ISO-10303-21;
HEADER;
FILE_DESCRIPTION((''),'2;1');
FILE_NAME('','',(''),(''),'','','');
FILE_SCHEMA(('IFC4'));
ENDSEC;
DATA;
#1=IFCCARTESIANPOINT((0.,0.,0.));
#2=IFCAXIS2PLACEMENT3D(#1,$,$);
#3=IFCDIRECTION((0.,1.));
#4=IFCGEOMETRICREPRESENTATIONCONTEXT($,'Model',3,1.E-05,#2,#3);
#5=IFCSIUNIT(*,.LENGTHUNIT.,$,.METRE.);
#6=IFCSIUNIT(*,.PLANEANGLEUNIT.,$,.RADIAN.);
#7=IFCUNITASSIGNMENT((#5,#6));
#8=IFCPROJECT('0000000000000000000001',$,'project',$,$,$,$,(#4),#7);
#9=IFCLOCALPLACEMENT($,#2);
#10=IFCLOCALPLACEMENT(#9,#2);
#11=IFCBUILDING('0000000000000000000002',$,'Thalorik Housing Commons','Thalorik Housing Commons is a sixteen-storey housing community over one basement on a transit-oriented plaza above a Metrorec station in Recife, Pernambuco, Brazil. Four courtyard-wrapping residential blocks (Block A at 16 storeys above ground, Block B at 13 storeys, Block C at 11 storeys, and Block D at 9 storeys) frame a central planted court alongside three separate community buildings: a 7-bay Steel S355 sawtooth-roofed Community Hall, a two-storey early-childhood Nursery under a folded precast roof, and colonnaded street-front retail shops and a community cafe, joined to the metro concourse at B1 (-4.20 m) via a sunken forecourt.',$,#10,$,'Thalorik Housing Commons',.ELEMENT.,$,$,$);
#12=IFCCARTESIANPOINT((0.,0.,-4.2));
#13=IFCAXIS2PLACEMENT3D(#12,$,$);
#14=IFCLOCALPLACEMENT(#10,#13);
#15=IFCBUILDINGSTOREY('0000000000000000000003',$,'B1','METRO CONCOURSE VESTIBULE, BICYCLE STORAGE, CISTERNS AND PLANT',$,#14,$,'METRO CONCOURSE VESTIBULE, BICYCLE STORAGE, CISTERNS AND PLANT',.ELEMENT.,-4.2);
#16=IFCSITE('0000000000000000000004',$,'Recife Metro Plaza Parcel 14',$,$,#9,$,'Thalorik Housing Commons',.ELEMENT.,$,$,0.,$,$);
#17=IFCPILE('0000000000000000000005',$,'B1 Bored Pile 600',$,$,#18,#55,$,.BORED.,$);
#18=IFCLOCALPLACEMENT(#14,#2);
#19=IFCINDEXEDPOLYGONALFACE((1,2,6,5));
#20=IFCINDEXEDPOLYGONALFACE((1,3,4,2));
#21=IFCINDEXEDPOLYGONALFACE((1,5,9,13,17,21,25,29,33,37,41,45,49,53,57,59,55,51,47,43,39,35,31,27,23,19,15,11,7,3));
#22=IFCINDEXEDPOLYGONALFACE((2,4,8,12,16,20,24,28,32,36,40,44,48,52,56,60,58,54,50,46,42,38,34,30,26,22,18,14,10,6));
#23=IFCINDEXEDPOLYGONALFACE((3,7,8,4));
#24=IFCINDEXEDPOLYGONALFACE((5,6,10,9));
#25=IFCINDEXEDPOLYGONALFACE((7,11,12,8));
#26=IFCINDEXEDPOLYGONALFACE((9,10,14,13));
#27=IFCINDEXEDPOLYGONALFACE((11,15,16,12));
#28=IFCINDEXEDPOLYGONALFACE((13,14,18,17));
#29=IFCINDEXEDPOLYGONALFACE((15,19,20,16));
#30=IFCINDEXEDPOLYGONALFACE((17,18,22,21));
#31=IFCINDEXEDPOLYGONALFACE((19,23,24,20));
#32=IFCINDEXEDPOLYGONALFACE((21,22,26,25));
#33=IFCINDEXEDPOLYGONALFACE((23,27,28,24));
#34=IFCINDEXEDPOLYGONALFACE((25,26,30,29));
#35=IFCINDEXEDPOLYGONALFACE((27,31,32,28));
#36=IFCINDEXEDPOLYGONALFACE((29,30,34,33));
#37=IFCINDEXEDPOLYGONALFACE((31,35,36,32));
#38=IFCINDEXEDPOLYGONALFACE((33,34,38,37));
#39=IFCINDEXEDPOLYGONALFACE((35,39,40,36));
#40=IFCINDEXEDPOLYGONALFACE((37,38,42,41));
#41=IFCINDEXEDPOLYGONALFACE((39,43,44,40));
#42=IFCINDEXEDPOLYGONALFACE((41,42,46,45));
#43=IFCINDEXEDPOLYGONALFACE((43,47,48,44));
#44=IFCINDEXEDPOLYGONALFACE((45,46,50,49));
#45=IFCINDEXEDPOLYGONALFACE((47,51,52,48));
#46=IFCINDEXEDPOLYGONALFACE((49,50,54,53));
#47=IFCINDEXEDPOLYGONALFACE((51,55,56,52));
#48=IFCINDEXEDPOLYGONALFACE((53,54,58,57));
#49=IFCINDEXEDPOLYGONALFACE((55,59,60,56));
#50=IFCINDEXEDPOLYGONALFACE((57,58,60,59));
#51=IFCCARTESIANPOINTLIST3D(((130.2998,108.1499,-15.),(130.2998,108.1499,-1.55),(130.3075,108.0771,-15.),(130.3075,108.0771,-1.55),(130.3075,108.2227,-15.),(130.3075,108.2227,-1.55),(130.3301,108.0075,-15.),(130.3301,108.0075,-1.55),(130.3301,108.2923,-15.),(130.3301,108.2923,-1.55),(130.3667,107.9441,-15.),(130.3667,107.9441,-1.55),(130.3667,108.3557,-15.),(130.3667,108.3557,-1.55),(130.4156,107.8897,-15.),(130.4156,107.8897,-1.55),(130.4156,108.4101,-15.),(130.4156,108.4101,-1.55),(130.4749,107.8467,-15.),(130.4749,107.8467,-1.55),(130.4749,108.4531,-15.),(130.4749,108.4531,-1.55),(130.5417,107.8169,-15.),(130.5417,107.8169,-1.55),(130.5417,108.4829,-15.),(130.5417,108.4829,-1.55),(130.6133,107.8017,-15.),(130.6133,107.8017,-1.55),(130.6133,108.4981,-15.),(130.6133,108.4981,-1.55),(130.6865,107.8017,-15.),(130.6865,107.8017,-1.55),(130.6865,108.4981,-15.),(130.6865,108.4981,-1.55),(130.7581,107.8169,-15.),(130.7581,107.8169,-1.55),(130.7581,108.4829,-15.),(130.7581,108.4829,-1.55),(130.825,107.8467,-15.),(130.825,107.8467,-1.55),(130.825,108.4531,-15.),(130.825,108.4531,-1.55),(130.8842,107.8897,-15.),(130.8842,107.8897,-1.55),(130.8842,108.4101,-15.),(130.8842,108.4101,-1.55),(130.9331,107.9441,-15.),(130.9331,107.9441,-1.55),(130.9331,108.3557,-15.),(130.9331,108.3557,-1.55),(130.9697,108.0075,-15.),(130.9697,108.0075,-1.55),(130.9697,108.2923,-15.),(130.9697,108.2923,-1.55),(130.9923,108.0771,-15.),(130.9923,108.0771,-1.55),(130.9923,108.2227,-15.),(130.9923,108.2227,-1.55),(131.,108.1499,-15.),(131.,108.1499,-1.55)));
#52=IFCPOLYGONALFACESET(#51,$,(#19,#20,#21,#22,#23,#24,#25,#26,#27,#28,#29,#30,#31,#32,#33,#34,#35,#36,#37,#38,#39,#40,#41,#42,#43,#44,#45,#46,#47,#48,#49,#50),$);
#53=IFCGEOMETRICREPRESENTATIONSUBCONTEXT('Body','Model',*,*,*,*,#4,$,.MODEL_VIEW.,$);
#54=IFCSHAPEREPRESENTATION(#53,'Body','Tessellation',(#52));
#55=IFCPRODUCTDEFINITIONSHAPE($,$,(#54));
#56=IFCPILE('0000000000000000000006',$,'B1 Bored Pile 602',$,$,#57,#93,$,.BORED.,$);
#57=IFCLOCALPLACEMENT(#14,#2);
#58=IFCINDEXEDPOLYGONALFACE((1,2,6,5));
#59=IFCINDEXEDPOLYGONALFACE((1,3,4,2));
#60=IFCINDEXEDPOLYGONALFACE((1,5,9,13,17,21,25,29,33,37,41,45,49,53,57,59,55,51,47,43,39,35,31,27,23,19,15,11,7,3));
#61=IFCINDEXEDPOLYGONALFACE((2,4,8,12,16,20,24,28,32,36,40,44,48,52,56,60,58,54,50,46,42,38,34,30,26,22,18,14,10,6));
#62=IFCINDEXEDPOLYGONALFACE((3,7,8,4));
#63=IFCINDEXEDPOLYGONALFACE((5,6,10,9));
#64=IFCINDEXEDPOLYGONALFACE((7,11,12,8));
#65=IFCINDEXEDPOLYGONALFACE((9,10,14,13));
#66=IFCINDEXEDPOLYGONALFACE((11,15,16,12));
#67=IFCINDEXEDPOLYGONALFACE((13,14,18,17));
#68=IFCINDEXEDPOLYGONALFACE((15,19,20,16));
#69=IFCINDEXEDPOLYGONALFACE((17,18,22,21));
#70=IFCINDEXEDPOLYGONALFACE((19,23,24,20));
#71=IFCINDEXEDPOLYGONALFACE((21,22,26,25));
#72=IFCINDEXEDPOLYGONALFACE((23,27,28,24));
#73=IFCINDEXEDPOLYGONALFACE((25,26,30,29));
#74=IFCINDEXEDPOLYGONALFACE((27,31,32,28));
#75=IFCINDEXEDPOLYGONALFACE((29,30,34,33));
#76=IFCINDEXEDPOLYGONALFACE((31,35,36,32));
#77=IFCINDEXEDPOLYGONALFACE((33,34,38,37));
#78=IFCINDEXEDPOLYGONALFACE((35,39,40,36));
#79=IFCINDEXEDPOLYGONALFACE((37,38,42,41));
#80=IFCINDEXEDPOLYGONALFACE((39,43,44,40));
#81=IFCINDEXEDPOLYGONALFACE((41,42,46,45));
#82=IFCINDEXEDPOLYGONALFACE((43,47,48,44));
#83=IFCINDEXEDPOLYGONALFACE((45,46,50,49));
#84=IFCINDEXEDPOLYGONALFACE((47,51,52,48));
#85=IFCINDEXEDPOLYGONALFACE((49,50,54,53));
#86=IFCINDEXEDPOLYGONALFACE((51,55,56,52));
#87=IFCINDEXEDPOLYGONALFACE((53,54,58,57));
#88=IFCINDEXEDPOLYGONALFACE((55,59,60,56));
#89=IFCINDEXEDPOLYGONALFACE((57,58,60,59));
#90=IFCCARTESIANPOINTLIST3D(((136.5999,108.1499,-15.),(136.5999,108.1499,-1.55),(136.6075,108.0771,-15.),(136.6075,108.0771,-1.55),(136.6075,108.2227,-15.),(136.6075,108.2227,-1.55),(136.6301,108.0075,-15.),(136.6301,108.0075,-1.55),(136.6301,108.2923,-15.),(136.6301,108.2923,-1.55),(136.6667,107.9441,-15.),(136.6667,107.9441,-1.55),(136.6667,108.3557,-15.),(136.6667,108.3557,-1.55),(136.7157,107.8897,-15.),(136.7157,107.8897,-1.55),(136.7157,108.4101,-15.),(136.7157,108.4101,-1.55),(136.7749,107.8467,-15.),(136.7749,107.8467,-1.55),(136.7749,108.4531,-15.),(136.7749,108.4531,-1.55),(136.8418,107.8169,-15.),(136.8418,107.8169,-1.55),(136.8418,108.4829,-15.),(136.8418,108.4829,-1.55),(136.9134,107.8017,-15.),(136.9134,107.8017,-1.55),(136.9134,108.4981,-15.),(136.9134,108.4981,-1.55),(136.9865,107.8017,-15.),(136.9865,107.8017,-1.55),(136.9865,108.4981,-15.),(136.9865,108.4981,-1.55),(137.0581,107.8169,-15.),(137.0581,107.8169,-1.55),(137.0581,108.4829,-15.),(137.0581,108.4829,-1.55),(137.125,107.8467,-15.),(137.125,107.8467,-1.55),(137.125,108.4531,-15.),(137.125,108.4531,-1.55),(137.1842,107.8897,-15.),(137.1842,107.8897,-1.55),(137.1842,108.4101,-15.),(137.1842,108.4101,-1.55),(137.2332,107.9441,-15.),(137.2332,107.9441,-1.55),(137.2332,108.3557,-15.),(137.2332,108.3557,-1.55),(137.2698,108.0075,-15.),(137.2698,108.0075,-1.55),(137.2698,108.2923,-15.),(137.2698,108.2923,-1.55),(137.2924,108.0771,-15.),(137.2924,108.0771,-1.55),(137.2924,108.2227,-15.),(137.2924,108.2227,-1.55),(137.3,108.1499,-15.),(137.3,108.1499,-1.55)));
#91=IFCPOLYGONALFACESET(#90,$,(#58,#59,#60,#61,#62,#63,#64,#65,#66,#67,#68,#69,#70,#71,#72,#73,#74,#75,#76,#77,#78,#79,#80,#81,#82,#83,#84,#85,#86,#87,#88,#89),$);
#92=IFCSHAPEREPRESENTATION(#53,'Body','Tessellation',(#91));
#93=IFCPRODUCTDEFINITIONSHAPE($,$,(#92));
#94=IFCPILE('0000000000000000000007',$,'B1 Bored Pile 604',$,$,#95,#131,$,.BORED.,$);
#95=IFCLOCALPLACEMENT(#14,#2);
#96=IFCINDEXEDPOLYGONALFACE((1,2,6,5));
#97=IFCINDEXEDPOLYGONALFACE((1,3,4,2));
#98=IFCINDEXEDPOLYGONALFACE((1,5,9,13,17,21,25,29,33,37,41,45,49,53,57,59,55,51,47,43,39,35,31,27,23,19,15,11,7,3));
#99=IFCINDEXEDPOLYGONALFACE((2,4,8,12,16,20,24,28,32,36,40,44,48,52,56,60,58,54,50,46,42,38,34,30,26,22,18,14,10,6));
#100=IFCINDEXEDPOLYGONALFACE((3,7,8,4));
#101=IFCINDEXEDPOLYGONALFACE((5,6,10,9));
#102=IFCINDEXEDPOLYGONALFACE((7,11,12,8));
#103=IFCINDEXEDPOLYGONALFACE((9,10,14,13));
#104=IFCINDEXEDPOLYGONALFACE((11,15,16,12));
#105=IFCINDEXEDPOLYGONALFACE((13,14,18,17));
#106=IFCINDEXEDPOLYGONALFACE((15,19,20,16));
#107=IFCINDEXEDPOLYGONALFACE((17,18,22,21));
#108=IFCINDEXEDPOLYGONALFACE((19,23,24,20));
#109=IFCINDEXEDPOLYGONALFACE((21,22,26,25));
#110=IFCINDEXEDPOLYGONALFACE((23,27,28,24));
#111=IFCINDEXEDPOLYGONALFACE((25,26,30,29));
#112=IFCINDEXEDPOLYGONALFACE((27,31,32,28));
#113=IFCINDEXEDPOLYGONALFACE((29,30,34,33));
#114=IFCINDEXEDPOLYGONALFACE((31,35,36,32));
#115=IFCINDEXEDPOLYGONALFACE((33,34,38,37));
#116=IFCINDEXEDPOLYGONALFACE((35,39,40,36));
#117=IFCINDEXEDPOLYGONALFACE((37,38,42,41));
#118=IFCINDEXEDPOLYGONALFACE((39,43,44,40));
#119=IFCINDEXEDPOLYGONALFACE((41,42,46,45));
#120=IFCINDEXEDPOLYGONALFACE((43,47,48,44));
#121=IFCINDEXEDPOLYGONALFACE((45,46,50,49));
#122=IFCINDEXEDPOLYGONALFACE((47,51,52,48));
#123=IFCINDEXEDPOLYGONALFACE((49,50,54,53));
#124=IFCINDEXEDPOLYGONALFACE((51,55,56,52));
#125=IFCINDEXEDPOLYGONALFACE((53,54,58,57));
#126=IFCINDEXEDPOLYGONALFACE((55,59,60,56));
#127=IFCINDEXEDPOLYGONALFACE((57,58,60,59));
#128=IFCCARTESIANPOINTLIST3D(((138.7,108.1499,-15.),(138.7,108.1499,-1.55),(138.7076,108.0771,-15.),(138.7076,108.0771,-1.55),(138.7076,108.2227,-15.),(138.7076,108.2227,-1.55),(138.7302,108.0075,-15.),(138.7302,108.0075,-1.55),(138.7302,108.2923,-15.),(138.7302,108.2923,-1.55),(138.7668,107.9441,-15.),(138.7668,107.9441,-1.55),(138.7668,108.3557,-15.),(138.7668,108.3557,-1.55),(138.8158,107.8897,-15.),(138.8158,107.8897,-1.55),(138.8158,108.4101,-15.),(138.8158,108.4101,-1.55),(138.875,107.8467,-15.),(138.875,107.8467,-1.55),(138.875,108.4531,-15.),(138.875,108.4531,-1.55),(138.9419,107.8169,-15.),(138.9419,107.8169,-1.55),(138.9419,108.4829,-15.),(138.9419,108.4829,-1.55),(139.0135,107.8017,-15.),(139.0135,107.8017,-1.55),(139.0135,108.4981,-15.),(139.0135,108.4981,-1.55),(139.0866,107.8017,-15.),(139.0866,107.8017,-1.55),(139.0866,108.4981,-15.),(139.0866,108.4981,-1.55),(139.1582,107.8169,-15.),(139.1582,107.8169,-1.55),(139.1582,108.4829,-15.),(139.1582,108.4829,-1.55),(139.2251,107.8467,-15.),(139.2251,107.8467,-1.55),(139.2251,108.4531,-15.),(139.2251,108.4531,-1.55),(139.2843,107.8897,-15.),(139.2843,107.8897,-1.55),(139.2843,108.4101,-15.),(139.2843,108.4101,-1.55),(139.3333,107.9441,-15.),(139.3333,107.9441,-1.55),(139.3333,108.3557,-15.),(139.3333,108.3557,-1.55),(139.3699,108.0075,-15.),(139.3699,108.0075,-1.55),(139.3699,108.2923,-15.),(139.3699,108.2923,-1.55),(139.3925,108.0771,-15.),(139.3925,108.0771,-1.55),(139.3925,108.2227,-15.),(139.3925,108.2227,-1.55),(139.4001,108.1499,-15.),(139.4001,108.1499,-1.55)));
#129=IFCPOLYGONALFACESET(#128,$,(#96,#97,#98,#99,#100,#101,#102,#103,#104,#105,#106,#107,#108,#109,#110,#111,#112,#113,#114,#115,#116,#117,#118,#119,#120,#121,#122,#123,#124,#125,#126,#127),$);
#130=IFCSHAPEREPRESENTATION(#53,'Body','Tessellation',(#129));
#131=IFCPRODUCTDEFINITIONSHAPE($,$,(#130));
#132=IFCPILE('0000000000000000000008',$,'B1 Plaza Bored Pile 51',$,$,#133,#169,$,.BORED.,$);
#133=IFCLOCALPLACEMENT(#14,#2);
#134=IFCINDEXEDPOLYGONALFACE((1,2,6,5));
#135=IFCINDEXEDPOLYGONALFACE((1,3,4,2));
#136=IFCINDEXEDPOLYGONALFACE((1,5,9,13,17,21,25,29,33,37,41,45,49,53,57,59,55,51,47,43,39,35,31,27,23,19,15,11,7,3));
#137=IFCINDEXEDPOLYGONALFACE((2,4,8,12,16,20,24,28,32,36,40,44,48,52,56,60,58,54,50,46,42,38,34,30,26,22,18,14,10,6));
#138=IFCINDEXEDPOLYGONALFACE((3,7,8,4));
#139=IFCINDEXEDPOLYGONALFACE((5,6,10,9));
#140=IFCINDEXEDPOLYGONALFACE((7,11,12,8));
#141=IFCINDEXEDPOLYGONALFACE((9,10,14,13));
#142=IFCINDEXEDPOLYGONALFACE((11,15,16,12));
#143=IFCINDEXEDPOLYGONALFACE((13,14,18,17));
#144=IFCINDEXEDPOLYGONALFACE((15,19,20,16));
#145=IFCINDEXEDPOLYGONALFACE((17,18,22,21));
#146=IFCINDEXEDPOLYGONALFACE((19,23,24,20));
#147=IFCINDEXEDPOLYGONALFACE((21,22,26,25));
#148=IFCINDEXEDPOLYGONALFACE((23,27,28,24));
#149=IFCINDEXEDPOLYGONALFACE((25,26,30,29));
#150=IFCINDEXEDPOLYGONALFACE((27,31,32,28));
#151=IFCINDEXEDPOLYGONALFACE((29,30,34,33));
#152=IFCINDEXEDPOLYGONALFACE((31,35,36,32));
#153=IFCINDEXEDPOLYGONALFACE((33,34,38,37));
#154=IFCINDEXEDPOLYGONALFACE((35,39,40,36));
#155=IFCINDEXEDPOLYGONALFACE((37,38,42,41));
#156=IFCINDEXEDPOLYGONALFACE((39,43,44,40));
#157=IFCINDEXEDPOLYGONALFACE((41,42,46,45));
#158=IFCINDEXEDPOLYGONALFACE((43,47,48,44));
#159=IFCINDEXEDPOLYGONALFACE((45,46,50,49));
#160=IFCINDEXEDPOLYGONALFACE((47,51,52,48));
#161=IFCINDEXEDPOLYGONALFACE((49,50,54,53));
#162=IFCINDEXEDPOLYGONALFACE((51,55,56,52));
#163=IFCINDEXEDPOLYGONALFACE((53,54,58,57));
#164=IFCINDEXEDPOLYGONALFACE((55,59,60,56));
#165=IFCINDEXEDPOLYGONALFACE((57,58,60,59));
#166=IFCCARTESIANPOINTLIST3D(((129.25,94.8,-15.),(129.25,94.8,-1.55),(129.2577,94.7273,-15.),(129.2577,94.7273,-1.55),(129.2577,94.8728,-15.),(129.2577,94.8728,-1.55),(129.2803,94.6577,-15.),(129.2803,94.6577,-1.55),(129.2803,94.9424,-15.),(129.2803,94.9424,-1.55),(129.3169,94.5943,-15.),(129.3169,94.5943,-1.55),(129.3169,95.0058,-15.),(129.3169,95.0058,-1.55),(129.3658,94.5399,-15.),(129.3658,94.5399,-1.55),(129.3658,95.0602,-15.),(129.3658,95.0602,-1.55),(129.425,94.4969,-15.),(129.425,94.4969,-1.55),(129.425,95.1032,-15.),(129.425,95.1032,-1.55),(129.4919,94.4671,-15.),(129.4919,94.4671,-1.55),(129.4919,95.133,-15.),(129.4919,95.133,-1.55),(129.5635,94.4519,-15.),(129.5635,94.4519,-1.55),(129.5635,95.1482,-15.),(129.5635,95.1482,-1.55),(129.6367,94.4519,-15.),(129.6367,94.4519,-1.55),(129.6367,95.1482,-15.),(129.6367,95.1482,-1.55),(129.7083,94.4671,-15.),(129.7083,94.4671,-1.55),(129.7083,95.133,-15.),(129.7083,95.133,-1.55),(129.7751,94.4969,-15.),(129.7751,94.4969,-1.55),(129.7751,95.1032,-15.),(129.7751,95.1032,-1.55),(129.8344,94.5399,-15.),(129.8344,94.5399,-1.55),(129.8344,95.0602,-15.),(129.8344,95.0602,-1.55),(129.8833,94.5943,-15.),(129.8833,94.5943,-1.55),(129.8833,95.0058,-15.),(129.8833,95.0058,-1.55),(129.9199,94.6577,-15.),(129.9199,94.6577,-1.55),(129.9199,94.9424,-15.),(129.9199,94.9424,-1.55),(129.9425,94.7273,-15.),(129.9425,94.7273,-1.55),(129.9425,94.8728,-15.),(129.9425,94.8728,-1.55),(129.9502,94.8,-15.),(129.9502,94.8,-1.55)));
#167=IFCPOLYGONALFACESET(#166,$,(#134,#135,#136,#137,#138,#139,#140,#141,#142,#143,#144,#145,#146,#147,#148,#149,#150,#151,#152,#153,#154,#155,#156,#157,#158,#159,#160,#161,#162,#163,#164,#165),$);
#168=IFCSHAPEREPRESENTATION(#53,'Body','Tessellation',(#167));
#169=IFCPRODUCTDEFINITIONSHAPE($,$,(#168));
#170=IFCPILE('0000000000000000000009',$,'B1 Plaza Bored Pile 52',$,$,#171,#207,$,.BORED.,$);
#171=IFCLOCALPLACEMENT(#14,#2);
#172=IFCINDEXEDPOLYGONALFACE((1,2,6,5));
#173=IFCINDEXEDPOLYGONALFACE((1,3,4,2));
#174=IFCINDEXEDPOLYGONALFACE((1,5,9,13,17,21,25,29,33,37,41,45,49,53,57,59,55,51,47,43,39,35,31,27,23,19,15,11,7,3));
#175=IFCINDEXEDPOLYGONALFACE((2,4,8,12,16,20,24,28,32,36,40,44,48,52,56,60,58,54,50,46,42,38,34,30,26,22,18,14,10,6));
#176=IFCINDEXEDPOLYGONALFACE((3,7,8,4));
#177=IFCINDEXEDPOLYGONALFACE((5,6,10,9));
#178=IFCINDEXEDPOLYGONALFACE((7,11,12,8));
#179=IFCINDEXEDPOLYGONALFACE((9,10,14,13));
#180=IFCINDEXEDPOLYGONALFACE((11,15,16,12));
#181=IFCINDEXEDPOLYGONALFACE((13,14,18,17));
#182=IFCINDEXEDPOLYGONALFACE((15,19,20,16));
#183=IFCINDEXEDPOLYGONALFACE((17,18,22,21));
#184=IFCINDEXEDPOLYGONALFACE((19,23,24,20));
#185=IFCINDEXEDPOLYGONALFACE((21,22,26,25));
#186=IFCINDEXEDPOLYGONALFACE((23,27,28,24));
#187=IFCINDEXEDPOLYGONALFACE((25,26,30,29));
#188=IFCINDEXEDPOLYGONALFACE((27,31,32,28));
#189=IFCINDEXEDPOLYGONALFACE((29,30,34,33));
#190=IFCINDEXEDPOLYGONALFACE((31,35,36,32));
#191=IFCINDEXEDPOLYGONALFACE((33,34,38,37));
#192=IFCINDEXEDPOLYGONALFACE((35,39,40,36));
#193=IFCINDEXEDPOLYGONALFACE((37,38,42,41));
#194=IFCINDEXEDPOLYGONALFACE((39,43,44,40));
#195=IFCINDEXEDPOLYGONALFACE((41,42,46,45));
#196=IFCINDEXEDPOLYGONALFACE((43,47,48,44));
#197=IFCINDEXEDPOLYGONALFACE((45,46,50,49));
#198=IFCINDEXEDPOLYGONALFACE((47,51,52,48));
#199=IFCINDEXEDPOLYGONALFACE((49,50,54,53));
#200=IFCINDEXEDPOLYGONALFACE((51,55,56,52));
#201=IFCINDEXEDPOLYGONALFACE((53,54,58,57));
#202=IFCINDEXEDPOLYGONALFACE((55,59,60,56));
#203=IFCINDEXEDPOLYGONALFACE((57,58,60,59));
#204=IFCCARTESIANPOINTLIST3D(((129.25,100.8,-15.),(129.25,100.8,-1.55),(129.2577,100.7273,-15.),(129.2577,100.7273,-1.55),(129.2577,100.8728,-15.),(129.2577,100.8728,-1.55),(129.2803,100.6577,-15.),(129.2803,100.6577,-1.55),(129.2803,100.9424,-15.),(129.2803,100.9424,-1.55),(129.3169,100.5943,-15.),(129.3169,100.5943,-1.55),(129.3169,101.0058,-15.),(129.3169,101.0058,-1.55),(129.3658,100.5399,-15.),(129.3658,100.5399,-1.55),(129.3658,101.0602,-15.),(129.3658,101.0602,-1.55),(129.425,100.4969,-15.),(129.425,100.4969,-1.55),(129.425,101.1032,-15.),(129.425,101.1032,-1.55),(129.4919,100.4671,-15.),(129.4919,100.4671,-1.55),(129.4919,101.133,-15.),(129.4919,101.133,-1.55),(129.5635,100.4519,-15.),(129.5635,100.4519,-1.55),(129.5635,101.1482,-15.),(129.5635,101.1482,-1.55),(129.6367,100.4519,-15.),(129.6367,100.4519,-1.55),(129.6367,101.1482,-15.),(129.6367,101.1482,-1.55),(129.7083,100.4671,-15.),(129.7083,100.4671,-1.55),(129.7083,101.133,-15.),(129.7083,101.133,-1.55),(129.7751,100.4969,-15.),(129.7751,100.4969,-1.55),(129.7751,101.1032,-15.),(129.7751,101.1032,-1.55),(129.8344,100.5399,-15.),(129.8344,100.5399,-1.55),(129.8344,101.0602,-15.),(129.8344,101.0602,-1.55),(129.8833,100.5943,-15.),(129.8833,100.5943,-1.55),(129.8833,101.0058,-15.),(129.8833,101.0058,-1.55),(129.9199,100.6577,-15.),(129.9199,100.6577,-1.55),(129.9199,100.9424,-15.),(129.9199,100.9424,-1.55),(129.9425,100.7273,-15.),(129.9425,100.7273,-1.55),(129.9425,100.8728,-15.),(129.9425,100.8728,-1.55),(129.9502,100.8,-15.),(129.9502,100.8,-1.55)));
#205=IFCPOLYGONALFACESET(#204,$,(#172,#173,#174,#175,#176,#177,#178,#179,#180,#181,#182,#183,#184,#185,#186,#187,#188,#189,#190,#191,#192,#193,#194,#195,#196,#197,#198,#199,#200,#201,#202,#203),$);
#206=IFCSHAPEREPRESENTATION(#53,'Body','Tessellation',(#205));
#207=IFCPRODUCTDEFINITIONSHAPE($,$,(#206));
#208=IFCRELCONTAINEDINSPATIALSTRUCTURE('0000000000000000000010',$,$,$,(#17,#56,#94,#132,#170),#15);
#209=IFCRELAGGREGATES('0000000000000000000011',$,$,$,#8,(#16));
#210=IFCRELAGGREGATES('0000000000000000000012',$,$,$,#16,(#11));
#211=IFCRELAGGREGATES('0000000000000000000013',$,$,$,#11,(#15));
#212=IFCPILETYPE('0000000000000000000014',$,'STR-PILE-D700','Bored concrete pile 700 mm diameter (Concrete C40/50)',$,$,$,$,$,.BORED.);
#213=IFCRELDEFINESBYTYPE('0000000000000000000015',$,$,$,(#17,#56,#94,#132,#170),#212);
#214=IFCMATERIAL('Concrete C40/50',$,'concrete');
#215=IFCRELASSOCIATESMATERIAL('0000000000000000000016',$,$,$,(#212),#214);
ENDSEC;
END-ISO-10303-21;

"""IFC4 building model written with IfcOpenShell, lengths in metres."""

from ifc_helpers import new_model, si_unit, direction, frame, origin, origin_2d, place, context, subcontext, project, spatial, circle, extrude, material, material_profile, profile_set, type_object, element, save


model = new_model("IFC4")

# Units and contexts
model_context = context("Model", 3, precision=1e-05, world=origin(), true_north=direction((0.0, 1.0)))
body_context = subcontext(model_context, "Body", "Model", "MODEL_VIEW")
ifc_project = project(units=[si_unit("LENGTHUNIT", "METRE"), si_unit("PLANEANGLEUNIT", "RADIAN")], contexts=[model_context])

# Site, building, storey
site_placement = place(None, origin())
site = spatial("IfcSite", under=ifc_project, at=site_placement, Name="Recife Metro Plaza Parcel 14", LongName="Thalorik Housing Commons", CompositionType="ELEMENT", RefElevation=0.0)
building_placement = place(site_placement, origin())
building = spatial("IfcBuilding", under=site, at=building_placement, Name="Thalorik Housing Commons", Description="Thalorik Housing Commons is a sixteen-storey housing community over one basement on a transit-oriented plaza above a Metrorec station in Recife, Pernambuco, Brazil. Four courtyard-wrapping residential blocks (Block A at 16 storeys above ground, Block B at 13 storeys, Block C at 11 storeys, and Block D at 9 storeys) frame a central planted court alongside three separate community buildings: a 7-bay Steel S355 sawtooth-roofed Community Hall, a two-storey early-childhood Nursery under a folded precast roof, and colonnaded street-front retail shops and a community cafe, joined to the metro concourse at B1 (-4.20 m) via a sunken forecourt.", LongName="Thalorik Housing Commons", CompositionType="ELEMENT")
storey_placement = place(building_placement, frame((0.0, 0.0, -4.2)))
storey = spatial("IfcBuildingStorey", under=building, at=storey_placement, Name="B1", Description="METRO CONCOURSE VESTIBULE, BICYCLE STORAGE, CISTERNS AND PLANT", LongName="METRO CONCOURSE VESTIBULE, BICYCLE STORAGE, CISTERNS AND PLANT", CompositionType="ELEMENT", Elevation=-4.2)

# Shared definitions
ifc_material_1 = material(Name="Concrete C40/50", Category="concrete")

# Piles
ifc_material_profile_1 = material_profile(ifc_material_1, circle(Radius=0.3501, at=origin_2d()), Name="BORED PILE D700", Category="concrete")
ifc_profile_set_1 = profile_set([ifc_material_profile_1], Name="Concrete C40/50")
pile_type = type_object("IfcPileType", Name="STR-PILE-D700", Description="Bored concrete pile 700 mm diameter (Concrete C40/50)", PredefinedType="BORED", material=ifc_profile_set_1)
for number, where, z_axis, x_axis, name in (
    (1, (130.6499, 108.1499, -1.55), (0.0, 0.0, -1.0), (1.0, 0.0, 0.0), "B1 Bored Pile 600"),
    (2, (136.95, 108.1499, -1.55), (0.0, 0.0, -1.0), (1.0, 0.0, 0.0), "B1 Bored Pile 602"),
    (3, (139.05, 108.1499, -1.55), (0.0, 0.0, -1.0), (1.0, 0.0, 0.0), "B1 Bored Pile 604"),
    (4, (129.6001, 94.8, -1.55), (0.0, 0.0, -1.0), (1.0, 0.0, 0.0), "B1 Plaza Bored Pile 51"),
    (5, (129.6001, 100.8, -1.55), (0.0, 0.0, -1.0), (1.0, 0.0, 0.0), "B1 Plaza Bored Pile 52"),
):
    element("IfcPile", number, at=place(storey_placement, frame(where, z_axis=z_axis, x_axis=x_axis)), inside=storey, type_object=pile_type, Name=name, PredefinedType="BORED", context=body_context, shape_type="SweptSolid", body=[
        extrude(circle(Radius=0.3501, at=origin_2d()), origin(), (0.0, 0.0, 1.0), 13.45),
    ])

save(model, "model.ifc")
